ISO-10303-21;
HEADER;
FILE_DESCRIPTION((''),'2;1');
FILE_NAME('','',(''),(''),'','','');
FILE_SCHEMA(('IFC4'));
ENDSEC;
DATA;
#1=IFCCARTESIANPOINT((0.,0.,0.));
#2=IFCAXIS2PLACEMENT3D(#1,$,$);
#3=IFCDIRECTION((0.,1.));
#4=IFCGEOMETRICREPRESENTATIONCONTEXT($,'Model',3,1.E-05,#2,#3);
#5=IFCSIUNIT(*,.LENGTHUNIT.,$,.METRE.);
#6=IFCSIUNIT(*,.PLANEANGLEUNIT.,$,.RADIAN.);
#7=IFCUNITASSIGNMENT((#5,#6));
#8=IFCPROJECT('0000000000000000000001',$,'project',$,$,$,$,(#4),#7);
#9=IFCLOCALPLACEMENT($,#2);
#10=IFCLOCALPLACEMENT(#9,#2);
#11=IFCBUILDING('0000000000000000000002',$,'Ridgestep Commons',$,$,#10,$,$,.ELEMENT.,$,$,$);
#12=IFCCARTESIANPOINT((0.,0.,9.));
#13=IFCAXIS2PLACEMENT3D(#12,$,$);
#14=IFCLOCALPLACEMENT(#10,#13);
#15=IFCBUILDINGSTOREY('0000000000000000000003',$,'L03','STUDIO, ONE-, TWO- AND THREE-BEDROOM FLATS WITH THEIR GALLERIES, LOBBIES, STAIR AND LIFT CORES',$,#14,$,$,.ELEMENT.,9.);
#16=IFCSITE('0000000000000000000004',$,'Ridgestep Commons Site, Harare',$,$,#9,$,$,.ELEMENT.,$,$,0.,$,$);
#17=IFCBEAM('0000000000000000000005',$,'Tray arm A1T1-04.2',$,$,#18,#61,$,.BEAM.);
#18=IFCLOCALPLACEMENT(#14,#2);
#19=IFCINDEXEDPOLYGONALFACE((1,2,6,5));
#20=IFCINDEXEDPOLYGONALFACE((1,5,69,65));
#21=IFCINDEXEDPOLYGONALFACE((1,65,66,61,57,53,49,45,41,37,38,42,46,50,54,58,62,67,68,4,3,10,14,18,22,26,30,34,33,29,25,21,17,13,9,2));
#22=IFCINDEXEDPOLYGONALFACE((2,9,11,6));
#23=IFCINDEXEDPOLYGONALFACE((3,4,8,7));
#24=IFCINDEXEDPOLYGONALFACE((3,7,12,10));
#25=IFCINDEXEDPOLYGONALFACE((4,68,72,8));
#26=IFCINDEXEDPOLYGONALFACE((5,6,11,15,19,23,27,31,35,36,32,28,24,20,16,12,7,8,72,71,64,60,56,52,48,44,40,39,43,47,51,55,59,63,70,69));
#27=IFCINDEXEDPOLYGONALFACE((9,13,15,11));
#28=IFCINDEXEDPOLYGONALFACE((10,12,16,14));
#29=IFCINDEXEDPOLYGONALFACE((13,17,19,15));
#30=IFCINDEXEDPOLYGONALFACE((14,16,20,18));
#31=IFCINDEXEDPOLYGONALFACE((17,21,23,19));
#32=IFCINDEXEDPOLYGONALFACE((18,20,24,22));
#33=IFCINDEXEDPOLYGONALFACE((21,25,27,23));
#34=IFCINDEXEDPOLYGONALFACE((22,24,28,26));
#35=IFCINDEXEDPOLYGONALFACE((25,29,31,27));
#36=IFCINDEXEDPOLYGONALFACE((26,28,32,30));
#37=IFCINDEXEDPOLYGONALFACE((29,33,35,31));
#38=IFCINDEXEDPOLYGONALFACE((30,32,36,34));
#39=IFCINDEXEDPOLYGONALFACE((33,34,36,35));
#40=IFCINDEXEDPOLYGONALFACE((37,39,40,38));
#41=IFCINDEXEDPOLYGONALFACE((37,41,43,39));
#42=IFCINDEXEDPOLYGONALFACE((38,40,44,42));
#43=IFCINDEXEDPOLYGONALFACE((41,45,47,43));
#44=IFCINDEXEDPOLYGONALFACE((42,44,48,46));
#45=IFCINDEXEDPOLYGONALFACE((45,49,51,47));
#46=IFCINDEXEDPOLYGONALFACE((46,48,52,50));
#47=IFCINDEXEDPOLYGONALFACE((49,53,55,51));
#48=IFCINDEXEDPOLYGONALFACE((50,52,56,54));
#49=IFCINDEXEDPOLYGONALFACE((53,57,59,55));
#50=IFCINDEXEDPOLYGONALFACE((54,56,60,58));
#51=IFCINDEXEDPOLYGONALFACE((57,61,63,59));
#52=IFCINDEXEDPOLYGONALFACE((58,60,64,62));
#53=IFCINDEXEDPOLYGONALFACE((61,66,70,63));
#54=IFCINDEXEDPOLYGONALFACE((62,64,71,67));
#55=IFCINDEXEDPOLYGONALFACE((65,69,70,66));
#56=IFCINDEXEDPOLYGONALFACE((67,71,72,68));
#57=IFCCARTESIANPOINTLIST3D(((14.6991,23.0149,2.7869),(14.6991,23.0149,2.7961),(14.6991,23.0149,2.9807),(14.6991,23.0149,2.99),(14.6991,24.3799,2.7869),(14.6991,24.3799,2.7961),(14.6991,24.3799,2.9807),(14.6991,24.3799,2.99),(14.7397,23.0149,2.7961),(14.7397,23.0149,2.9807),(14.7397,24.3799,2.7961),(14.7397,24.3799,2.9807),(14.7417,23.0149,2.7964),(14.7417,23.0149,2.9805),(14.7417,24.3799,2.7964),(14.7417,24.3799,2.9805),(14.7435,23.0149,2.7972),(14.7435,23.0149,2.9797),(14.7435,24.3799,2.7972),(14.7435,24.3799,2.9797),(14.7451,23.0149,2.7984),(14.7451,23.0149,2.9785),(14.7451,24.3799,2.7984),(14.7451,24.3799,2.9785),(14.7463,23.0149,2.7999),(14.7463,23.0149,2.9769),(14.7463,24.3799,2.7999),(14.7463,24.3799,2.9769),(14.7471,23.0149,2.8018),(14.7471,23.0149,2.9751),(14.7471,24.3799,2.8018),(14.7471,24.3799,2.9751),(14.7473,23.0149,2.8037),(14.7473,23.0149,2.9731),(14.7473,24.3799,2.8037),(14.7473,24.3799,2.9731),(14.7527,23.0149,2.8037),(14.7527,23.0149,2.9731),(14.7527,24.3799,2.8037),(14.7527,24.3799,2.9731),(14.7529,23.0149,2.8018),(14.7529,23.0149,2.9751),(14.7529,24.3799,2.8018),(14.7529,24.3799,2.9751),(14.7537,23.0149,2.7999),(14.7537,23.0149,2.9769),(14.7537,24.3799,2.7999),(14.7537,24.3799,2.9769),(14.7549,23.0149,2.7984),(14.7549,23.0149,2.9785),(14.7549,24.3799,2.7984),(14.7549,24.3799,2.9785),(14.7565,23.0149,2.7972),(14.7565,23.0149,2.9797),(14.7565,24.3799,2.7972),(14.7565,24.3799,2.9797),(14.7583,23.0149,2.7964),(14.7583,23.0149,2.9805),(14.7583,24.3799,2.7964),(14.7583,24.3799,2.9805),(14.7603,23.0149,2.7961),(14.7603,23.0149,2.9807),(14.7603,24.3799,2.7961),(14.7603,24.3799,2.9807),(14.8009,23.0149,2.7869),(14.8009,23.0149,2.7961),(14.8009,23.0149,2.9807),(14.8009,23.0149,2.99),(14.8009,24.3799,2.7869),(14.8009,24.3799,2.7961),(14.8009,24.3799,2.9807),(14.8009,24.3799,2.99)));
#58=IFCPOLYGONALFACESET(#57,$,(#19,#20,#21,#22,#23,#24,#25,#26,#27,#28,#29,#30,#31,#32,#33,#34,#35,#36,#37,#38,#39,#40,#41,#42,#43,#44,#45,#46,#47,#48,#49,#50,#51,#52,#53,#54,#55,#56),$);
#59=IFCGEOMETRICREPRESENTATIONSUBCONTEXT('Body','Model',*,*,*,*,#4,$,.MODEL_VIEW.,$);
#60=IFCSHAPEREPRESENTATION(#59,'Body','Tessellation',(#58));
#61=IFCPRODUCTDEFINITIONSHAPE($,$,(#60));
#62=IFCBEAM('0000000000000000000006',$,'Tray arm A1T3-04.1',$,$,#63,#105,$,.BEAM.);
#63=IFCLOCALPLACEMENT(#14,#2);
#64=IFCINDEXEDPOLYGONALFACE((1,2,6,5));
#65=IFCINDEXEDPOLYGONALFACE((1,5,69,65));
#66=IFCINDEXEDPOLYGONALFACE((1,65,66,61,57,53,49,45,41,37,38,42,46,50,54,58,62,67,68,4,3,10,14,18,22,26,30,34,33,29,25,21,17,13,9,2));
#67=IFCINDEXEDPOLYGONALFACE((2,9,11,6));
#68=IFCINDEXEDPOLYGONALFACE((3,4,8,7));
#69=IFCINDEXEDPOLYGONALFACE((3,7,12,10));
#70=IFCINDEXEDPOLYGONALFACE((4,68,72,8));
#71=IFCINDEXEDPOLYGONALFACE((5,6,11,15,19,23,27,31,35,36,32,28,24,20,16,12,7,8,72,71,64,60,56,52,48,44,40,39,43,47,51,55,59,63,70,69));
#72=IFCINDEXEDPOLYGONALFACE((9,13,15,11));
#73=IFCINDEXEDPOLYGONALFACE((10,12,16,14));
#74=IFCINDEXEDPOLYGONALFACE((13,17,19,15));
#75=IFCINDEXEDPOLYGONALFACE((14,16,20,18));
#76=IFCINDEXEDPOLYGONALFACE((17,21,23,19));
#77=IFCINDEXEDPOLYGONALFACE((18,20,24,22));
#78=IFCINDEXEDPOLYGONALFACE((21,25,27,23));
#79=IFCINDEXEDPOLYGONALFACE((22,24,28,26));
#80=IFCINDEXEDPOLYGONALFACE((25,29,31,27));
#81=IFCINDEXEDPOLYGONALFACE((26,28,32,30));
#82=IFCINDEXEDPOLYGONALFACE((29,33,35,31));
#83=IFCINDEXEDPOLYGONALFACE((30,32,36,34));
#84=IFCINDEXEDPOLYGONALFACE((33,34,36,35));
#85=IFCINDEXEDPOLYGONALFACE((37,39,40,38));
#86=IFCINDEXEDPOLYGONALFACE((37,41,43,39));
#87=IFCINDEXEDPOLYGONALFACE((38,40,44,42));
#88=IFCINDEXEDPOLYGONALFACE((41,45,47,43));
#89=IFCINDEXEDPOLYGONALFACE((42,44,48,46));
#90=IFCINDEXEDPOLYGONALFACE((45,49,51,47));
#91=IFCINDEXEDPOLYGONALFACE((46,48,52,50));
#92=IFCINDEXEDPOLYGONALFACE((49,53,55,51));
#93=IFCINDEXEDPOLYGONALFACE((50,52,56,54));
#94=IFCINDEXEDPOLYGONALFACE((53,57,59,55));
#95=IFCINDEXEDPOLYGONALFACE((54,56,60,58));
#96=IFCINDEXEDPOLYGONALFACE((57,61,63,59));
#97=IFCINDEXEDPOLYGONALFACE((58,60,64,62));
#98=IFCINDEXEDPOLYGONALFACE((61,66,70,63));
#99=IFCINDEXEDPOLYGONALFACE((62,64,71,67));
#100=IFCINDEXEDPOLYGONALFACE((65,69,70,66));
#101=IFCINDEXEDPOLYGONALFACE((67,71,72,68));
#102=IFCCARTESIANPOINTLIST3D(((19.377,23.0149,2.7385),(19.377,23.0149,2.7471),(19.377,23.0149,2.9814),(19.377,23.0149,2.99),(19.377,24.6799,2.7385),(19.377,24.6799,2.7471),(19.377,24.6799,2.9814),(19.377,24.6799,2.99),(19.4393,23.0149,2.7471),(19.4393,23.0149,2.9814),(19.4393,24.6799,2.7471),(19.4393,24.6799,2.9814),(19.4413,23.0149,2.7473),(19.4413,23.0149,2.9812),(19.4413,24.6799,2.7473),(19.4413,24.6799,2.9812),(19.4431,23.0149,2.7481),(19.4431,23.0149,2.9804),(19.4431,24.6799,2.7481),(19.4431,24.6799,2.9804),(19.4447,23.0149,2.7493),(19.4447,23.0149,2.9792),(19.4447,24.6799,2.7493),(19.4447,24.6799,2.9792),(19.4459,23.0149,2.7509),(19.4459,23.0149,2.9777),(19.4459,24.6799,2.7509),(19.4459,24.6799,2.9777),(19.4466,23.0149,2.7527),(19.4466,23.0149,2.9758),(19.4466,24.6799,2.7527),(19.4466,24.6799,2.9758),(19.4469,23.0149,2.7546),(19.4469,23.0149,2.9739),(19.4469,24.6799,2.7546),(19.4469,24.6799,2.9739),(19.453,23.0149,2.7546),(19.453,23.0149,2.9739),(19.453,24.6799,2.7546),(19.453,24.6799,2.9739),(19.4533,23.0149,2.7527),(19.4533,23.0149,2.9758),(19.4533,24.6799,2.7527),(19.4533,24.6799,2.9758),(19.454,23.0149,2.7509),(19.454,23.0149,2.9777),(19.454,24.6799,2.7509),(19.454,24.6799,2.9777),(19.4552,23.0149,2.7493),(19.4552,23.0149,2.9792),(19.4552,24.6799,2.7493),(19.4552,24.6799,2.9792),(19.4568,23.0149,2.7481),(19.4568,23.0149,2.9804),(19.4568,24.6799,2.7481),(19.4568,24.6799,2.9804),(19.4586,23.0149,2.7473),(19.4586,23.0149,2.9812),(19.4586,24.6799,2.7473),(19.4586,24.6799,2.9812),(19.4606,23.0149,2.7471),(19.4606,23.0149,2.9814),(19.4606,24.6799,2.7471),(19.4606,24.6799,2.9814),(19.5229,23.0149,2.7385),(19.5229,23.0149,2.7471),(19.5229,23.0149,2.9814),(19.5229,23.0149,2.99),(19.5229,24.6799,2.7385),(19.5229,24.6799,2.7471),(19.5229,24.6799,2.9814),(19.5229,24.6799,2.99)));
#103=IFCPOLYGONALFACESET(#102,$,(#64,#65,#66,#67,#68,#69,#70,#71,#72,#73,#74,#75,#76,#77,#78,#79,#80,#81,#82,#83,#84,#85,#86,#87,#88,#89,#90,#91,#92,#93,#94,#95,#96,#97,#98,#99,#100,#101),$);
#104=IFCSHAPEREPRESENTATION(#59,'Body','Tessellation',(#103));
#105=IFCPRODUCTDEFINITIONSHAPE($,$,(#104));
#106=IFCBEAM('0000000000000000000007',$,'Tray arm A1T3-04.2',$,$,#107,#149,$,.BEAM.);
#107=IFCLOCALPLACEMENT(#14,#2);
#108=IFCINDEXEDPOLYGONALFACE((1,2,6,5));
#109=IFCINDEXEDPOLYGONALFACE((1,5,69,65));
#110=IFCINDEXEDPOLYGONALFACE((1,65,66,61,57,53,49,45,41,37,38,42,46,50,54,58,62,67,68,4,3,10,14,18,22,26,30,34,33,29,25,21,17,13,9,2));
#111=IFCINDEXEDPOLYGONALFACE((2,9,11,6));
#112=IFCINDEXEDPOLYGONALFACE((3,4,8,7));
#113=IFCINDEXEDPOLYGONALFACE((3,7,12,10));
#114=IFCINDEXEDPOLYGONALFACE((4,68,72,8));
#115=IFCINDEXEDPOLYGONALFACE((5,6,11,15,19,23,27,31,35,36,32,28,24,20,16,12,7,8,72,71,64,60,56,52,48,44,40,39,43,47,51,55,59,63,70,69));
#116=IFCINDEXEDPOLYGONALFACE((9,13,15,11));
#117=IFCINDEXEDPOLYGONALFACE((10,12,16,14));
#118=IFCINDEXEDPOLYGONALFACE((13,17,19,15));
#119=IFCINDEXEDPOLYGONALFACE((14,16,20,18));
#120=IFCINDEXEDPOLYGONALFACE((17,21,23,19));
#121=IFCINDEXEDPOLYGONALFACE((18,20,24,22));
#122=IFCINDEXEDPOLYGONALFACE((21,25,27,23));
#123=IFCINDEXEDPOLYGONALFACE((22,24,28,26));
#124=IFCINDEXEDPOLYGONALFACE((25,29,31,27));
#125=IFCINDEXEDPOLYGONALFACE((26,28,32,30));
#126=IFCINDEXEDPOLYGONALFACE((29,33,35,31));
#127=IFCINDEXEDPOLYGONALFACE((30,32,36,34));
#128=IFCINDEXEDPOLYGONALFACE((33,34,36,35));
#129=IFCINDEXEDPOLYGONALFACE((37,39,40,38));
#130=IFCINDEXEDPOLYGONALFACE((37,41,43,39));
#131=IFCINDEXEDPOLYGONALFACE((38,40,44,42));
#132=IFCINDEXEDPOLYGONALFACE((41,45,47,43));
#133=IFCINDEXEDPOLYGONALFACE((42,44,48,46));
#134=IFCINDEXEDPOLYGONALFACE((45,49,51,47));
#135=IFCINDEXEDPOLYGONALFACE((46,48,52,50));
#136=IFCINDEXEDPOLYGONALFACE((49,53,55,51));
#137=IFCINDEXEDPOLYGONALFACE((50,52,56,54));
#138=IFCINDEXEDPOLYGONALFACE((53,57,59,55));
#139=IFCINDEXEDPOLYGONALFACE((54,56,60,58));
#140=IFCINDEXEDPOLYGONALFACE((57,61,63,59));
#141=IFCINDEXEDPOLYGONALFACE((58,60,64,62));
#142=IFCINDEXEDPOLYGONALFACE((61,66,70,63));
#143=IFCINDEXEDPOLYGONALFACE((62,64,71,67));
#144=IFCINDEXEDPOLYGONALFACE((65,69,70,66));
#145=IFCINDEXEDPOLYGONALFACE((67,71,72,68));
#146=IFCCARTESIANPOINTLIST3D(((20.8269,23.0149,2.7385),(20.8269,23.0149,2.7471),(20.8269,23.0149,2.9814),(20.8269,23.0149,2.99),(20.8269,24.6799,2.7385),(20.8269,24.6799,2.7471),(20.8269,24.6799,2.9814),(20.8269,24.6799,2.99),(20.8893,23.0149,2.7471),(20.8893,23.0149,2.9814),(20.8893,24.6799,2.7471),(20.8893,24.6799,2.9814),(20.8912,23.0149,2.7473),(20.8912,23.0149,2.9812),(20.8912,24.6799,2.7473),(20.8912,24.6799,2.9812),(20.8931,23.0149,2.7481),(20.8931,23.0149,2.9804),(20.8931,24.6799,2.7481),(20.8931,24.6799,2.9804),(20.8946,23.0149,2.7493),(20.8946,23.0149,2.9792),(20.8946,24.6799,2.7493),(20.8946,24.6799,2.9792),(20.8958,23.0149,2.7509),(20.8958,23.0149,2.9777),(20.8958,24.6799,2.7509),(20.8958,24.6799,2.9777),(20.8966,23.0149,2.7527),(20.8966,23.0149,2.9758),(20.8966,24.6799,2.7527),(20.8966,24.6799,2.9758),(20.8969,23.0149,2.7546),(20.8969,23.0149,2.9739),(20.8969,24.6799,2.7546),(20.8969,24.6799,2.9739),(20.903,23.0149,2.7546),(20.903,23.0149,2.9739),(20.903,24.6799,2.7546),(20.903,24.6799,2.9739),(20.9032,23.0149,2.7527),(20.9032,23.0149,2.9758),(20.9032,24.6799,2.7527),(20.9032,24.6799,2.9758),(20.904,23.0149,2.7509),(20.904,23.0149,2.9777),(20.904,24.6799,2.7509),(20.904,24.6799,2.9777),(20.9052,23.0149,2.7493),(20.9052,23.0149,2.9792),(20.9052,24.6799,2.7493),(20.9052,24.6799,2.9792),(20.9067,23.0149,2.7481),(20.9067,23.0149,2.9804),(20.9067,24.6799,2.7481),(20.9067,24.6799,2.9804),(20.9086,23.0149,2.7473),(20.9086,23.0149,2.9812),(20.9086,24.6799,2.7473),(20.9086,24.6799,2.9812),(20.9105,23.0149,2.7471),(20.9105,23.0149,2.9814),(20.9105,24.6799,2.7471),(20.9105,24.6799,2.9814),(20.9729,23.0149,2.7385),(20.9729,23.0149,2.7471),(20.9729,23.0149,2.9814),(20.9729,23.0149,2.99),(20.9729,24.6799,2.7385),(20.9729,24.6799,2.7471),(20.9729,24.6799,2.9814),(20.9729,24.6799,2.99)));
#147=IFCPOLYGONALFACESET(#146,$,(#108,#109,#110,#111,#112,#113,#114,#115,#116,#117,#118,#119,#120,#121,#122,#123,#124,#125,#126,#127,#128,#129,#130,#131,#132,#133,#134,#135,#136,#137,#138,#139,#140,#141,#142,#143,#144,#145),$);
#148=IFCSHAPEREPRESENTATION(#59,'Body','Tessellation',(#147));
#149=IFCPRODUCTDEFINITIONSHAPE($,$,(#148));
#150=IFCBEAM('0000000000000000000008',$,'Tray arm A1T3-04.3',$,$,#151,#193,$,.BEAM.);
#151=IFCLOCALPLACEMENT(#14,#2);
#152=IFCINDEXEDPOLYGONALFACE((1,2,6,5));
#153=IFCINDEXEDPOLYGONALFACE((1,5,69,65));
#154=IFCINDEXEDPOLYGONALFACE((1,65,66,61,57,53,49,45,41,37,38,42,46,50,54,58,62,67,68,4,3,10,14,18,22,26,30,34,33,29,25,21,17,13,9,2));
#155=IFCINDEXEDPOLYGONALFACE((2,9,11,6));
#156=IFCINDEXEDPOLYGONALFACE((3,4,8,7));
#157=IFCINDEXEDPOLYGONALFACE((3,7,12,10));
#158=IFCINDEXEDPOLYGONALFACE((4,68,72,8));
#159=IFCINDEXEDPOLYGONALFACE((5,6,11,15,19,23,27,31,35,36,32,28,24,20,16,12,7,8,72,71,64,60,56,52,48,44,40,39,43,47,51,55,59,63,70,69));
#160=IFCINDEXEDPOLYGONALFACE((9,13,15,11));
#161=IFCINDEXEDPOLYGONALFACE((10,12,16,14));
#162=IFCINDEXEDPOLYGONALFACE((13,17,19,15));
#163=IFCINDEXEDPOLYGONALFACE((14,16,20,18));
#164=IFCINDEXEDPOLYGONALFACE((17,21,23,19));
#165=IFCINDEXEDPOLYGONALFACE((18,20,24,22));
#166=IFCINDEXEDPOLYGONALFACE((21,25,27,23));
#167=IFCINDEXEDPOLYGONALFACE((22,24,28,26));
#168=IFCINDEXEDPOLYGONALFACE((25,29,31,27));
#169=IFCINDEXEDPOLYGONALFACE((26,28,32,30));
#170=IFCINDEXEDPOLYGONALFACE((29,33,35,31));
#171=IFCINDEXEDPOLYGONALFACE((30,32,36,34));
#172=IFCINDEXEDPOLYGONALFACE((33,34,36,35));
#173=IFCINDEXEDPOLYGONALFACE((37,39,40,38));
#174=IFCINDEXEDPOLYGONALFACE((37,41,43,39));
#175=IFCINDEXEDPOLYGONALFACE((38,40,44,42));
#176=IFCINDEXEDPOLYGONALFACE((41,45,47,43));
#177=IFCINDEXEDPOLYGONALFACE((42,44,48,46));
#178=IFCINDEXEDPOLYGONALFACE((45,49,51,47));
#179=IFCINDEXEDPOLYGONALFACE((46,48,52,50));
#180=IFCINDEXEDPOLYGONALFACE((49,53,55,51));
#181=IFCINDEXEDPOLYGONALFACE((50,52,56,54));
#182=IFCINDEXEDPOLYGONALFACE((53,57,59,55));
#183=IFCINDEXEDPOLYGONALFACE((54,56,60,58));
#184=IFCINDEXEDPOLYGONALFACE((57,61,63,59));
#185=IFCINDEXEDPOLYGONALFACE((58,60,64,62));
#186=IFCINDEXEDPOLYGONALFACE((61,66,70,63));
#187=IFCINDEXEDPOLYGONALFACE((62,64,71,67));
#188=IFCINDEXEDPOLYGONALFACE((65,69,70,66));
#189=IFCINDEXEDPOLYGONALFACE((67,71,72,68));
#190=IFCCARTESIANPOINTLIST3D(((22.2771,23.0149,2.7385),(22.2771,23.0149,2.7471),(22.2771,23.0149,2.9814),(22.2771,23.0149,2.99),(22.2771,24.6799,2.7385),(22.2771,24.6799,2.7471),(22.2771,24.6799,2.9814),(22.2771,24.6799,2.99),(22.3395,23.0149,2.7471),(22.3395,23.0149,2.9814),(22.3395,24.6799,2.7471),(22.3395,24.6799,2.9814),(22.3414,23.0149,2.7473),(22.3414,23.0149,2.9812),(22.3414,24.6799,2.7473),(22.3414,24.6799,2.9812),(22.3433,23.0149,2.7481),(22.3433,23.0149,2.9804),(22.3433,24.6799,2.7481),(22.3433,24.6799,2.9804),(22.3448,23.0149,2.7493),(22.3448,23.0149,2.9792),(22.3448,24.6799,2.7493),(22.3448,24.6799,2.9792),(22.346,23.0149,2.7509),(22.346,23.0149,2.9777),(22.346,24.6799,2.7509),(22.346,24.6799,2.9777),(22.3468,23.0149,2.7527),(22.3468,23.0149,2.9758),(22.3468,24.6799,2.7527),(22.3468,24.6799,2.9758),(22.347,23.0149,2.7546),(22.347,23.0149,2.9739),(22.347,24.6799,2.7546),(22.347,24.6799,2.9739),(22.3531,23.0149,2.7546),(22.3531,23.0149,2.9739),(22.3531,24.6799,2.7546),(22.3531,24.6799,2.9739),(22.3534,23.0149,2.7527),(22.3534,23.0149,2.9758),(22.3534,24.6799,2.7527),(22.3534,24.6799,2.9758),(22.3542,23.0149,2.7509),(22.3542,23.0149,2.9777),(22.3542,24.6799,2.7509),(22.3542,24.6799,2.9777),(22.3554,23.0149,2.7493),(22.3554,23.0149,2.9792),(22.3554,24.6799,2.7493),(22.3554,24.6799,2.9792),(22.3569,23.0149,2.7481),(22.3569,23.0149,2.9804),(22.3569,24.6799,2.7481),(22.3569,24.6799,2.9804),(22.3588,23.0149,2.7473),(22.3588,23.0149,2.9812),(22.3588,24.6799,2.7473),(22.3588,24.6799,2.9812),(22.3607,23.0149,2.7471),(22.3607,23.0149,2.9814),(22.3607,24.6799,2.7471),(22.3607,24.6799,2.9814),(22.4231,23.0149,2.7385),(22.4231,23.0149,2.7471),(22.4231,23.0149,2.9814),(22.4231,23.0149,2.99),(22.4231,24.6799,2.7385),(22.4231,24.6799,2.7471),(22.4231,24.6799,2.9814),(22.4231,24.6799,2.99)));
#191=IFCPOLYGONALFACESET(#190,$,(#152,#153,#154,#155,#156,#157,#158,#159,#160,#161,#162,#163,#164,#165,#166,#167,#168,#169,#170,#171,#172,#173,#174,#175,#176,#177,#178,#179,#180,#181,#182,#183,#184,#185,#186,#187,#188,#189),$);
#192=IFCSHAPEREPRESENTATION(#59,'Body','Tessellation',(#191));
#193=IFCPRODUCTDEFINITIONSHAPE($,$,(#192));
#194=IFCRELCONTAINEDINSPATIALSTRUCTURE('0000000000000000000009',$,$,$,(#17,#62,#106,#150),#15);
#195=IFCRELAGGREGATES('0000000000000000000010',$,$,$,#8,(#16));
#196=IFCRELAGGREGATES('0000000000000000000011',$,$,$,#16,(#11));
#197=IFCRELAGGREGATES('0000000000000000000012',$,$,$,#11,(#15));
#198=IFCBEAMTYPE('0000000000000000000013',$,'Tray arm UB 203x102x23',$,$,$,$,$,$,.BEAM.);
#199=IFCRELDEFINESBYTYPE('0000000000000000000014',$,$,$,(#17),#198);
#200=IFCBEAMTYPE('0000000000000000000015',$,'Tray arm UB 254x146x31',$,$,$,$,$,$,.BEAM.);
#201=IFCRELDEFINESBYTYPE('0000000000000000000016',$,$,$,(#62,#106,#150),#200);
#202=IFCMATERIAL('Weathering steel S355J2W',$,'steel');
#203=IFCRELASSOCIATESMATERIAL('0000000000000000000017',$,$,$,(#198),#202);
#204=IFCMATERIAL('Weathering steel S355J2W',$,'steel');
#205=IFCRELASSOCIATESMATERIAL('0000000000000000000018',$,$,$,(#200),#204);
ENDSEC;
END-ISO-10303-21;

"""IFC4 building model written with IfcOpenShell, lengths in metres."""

from ifc_helpers import new_model, si_unit, direction, frame, origin, origin_2d, place, context, subcontext, project, spatial, i_section, extrude, material, material_profile, profile_set, type_object, element, save


model = new_model("IFC4")

# Units and contexts
model_context = context("Model", 3, precision=1e-05, world=origin(), true_north=direction((0.0, 1.0)))
body_context = subcontext(model_context, "Body", "Model", "MODEL_VIEW")
ifc_project = project(units=[si_unit("LENGTHUNIT", "METRE"), si_unit("PLANEANGLEUNIT", "RADIAN")], contexts=[model_context])

# Site, building, storey
site_placement = place(None, origin())
site = spatial("IfcSite", under=ifc_project, at=site_placement, Name="Ridgestep Commons Site, Harare", CompositionType="ELEMENT", RefElevation=0.0)
building_placement = place(site_placement, origin())
building = spatial("IfcBuilding", under=site, at=building_placement, Name="Ridgestep Commons", CompositionType="ELEMENT")
storey_placement = place(building_placement, frame((0.0, 0.0, 9.0)))
storey = spatial("IfcBuildingStorey", under=building, at=storey_placement, Name="L03", Description="STUDIO, ONE-, TWO- AND THREE-BEDROOM FLATS WITH THEIR GALLERIES, LOBBIES, STAIR AND LIFT CORES", CompositionType="ELEMENT", Elevation=9.0)

# Beams
ifc_material_1 = material(Name="Weathering steel S355J2W", Category="steel")
ifc_material_profile_1 = material_profile(ifc_material_1, i_section(OverallWidth=0.1018, OverallDepth=0.2031, WebThickness=0.0054, FlangeThickness=0.0093, FilletRadius=0.0076, at=origin_2d()), Name="UB 203x102x23")
ifc_profile_set_1 = profile_set([ifc_material_profile_1], Name="Weathering steel S355J2W")
beam_type_1 = type_object("IfcBeamType", Name="Tray arm UB 203x102x23", PredefinedType="BEAM", material=ifc_profile_set_1)
beam_1_placement = place(storey_placement, frame((14.75, 23.0149, 2.8884), z_axis=(0.0, 1.0, 0.0), x_axis=(-1.0, 0.0, 0.0)))
element("IfcBeam", 1, at=beam_1_placement, inside=storey, type_object=beam_type_1, Name="Tray arm A1T1-04.2", PredefinedType="BEAM", context=body_context, shape_type="SweptSolid", body=[
    extrude(i_section(OverallWidth=0.1018, OverallDepth=0.2031, WebThickness=0.0054, FlangeThickness=0.0093, FilletRadius=0.0076, at=origin_2d()), origin(), (0.0, 0.0, 1.0), 1.365),
])
ifc_material_2 = material(Name="Weathering steel S355J2W", Category="steel")
ifc_material_profile_2 = material_profile(ifc_material_2, i_section(OverallWidth=0.146, OverallDepth=0.2515, WebThickness=0.0061, FlangeThickness=0.0085, FilletRadius=0.0076, at=origin_2d()), Name="UB 254x146x31")
ifc_profile_set_2 = profile_set([ifc_material_profile_2], Name="Weathering steel S355J2W")
beam_type_2 = type_object("IfcBeamType", Name="Tray arm UB 254x146x31", PredefinedType="BEAM", material=ifc_profile_set_2)
for number, where, z_axis, x_axis, name in (
    (2, (19.45, 23.0149, 2.8643), (0.0, 1.0, 0.0), (-1.0, 0.0, 0.0), "Tray arm A1T3-04.1"),
    (3, (20.8999, 23.0149, 2.8643), (0.0, 1.0, 0.0), (-1.0, 0.0, 0.0), "Tray arm A1T3-04.2"),
    (4, (22.3501, 23.0149, 2.8643), (0.0, 1.0, 0.0), (-1.0, 0.0, 0.0), "Tray arm A1T3-04.3"),
):
    element("IfcBeam", number, at=place(storey_placement, frame(where, z_axis=z_axis, x_axis=x_axis)), inside=storey, type_object=beam_type_2, Name=name, PredefinedType="BEAM", context=body_context, shape_type="SweptSolid", body=[
        extrude(i_section(OverallWidth=0.146, OverallDepth=0.2515, WebThickness=0.0061, FlangeThickness=0.0085, FilletRadius=0.0076, at=origin_2d()), origin(), (0.0, 0.0, 1.0), 1.665),
    ])

save(model, "model.ifc")
